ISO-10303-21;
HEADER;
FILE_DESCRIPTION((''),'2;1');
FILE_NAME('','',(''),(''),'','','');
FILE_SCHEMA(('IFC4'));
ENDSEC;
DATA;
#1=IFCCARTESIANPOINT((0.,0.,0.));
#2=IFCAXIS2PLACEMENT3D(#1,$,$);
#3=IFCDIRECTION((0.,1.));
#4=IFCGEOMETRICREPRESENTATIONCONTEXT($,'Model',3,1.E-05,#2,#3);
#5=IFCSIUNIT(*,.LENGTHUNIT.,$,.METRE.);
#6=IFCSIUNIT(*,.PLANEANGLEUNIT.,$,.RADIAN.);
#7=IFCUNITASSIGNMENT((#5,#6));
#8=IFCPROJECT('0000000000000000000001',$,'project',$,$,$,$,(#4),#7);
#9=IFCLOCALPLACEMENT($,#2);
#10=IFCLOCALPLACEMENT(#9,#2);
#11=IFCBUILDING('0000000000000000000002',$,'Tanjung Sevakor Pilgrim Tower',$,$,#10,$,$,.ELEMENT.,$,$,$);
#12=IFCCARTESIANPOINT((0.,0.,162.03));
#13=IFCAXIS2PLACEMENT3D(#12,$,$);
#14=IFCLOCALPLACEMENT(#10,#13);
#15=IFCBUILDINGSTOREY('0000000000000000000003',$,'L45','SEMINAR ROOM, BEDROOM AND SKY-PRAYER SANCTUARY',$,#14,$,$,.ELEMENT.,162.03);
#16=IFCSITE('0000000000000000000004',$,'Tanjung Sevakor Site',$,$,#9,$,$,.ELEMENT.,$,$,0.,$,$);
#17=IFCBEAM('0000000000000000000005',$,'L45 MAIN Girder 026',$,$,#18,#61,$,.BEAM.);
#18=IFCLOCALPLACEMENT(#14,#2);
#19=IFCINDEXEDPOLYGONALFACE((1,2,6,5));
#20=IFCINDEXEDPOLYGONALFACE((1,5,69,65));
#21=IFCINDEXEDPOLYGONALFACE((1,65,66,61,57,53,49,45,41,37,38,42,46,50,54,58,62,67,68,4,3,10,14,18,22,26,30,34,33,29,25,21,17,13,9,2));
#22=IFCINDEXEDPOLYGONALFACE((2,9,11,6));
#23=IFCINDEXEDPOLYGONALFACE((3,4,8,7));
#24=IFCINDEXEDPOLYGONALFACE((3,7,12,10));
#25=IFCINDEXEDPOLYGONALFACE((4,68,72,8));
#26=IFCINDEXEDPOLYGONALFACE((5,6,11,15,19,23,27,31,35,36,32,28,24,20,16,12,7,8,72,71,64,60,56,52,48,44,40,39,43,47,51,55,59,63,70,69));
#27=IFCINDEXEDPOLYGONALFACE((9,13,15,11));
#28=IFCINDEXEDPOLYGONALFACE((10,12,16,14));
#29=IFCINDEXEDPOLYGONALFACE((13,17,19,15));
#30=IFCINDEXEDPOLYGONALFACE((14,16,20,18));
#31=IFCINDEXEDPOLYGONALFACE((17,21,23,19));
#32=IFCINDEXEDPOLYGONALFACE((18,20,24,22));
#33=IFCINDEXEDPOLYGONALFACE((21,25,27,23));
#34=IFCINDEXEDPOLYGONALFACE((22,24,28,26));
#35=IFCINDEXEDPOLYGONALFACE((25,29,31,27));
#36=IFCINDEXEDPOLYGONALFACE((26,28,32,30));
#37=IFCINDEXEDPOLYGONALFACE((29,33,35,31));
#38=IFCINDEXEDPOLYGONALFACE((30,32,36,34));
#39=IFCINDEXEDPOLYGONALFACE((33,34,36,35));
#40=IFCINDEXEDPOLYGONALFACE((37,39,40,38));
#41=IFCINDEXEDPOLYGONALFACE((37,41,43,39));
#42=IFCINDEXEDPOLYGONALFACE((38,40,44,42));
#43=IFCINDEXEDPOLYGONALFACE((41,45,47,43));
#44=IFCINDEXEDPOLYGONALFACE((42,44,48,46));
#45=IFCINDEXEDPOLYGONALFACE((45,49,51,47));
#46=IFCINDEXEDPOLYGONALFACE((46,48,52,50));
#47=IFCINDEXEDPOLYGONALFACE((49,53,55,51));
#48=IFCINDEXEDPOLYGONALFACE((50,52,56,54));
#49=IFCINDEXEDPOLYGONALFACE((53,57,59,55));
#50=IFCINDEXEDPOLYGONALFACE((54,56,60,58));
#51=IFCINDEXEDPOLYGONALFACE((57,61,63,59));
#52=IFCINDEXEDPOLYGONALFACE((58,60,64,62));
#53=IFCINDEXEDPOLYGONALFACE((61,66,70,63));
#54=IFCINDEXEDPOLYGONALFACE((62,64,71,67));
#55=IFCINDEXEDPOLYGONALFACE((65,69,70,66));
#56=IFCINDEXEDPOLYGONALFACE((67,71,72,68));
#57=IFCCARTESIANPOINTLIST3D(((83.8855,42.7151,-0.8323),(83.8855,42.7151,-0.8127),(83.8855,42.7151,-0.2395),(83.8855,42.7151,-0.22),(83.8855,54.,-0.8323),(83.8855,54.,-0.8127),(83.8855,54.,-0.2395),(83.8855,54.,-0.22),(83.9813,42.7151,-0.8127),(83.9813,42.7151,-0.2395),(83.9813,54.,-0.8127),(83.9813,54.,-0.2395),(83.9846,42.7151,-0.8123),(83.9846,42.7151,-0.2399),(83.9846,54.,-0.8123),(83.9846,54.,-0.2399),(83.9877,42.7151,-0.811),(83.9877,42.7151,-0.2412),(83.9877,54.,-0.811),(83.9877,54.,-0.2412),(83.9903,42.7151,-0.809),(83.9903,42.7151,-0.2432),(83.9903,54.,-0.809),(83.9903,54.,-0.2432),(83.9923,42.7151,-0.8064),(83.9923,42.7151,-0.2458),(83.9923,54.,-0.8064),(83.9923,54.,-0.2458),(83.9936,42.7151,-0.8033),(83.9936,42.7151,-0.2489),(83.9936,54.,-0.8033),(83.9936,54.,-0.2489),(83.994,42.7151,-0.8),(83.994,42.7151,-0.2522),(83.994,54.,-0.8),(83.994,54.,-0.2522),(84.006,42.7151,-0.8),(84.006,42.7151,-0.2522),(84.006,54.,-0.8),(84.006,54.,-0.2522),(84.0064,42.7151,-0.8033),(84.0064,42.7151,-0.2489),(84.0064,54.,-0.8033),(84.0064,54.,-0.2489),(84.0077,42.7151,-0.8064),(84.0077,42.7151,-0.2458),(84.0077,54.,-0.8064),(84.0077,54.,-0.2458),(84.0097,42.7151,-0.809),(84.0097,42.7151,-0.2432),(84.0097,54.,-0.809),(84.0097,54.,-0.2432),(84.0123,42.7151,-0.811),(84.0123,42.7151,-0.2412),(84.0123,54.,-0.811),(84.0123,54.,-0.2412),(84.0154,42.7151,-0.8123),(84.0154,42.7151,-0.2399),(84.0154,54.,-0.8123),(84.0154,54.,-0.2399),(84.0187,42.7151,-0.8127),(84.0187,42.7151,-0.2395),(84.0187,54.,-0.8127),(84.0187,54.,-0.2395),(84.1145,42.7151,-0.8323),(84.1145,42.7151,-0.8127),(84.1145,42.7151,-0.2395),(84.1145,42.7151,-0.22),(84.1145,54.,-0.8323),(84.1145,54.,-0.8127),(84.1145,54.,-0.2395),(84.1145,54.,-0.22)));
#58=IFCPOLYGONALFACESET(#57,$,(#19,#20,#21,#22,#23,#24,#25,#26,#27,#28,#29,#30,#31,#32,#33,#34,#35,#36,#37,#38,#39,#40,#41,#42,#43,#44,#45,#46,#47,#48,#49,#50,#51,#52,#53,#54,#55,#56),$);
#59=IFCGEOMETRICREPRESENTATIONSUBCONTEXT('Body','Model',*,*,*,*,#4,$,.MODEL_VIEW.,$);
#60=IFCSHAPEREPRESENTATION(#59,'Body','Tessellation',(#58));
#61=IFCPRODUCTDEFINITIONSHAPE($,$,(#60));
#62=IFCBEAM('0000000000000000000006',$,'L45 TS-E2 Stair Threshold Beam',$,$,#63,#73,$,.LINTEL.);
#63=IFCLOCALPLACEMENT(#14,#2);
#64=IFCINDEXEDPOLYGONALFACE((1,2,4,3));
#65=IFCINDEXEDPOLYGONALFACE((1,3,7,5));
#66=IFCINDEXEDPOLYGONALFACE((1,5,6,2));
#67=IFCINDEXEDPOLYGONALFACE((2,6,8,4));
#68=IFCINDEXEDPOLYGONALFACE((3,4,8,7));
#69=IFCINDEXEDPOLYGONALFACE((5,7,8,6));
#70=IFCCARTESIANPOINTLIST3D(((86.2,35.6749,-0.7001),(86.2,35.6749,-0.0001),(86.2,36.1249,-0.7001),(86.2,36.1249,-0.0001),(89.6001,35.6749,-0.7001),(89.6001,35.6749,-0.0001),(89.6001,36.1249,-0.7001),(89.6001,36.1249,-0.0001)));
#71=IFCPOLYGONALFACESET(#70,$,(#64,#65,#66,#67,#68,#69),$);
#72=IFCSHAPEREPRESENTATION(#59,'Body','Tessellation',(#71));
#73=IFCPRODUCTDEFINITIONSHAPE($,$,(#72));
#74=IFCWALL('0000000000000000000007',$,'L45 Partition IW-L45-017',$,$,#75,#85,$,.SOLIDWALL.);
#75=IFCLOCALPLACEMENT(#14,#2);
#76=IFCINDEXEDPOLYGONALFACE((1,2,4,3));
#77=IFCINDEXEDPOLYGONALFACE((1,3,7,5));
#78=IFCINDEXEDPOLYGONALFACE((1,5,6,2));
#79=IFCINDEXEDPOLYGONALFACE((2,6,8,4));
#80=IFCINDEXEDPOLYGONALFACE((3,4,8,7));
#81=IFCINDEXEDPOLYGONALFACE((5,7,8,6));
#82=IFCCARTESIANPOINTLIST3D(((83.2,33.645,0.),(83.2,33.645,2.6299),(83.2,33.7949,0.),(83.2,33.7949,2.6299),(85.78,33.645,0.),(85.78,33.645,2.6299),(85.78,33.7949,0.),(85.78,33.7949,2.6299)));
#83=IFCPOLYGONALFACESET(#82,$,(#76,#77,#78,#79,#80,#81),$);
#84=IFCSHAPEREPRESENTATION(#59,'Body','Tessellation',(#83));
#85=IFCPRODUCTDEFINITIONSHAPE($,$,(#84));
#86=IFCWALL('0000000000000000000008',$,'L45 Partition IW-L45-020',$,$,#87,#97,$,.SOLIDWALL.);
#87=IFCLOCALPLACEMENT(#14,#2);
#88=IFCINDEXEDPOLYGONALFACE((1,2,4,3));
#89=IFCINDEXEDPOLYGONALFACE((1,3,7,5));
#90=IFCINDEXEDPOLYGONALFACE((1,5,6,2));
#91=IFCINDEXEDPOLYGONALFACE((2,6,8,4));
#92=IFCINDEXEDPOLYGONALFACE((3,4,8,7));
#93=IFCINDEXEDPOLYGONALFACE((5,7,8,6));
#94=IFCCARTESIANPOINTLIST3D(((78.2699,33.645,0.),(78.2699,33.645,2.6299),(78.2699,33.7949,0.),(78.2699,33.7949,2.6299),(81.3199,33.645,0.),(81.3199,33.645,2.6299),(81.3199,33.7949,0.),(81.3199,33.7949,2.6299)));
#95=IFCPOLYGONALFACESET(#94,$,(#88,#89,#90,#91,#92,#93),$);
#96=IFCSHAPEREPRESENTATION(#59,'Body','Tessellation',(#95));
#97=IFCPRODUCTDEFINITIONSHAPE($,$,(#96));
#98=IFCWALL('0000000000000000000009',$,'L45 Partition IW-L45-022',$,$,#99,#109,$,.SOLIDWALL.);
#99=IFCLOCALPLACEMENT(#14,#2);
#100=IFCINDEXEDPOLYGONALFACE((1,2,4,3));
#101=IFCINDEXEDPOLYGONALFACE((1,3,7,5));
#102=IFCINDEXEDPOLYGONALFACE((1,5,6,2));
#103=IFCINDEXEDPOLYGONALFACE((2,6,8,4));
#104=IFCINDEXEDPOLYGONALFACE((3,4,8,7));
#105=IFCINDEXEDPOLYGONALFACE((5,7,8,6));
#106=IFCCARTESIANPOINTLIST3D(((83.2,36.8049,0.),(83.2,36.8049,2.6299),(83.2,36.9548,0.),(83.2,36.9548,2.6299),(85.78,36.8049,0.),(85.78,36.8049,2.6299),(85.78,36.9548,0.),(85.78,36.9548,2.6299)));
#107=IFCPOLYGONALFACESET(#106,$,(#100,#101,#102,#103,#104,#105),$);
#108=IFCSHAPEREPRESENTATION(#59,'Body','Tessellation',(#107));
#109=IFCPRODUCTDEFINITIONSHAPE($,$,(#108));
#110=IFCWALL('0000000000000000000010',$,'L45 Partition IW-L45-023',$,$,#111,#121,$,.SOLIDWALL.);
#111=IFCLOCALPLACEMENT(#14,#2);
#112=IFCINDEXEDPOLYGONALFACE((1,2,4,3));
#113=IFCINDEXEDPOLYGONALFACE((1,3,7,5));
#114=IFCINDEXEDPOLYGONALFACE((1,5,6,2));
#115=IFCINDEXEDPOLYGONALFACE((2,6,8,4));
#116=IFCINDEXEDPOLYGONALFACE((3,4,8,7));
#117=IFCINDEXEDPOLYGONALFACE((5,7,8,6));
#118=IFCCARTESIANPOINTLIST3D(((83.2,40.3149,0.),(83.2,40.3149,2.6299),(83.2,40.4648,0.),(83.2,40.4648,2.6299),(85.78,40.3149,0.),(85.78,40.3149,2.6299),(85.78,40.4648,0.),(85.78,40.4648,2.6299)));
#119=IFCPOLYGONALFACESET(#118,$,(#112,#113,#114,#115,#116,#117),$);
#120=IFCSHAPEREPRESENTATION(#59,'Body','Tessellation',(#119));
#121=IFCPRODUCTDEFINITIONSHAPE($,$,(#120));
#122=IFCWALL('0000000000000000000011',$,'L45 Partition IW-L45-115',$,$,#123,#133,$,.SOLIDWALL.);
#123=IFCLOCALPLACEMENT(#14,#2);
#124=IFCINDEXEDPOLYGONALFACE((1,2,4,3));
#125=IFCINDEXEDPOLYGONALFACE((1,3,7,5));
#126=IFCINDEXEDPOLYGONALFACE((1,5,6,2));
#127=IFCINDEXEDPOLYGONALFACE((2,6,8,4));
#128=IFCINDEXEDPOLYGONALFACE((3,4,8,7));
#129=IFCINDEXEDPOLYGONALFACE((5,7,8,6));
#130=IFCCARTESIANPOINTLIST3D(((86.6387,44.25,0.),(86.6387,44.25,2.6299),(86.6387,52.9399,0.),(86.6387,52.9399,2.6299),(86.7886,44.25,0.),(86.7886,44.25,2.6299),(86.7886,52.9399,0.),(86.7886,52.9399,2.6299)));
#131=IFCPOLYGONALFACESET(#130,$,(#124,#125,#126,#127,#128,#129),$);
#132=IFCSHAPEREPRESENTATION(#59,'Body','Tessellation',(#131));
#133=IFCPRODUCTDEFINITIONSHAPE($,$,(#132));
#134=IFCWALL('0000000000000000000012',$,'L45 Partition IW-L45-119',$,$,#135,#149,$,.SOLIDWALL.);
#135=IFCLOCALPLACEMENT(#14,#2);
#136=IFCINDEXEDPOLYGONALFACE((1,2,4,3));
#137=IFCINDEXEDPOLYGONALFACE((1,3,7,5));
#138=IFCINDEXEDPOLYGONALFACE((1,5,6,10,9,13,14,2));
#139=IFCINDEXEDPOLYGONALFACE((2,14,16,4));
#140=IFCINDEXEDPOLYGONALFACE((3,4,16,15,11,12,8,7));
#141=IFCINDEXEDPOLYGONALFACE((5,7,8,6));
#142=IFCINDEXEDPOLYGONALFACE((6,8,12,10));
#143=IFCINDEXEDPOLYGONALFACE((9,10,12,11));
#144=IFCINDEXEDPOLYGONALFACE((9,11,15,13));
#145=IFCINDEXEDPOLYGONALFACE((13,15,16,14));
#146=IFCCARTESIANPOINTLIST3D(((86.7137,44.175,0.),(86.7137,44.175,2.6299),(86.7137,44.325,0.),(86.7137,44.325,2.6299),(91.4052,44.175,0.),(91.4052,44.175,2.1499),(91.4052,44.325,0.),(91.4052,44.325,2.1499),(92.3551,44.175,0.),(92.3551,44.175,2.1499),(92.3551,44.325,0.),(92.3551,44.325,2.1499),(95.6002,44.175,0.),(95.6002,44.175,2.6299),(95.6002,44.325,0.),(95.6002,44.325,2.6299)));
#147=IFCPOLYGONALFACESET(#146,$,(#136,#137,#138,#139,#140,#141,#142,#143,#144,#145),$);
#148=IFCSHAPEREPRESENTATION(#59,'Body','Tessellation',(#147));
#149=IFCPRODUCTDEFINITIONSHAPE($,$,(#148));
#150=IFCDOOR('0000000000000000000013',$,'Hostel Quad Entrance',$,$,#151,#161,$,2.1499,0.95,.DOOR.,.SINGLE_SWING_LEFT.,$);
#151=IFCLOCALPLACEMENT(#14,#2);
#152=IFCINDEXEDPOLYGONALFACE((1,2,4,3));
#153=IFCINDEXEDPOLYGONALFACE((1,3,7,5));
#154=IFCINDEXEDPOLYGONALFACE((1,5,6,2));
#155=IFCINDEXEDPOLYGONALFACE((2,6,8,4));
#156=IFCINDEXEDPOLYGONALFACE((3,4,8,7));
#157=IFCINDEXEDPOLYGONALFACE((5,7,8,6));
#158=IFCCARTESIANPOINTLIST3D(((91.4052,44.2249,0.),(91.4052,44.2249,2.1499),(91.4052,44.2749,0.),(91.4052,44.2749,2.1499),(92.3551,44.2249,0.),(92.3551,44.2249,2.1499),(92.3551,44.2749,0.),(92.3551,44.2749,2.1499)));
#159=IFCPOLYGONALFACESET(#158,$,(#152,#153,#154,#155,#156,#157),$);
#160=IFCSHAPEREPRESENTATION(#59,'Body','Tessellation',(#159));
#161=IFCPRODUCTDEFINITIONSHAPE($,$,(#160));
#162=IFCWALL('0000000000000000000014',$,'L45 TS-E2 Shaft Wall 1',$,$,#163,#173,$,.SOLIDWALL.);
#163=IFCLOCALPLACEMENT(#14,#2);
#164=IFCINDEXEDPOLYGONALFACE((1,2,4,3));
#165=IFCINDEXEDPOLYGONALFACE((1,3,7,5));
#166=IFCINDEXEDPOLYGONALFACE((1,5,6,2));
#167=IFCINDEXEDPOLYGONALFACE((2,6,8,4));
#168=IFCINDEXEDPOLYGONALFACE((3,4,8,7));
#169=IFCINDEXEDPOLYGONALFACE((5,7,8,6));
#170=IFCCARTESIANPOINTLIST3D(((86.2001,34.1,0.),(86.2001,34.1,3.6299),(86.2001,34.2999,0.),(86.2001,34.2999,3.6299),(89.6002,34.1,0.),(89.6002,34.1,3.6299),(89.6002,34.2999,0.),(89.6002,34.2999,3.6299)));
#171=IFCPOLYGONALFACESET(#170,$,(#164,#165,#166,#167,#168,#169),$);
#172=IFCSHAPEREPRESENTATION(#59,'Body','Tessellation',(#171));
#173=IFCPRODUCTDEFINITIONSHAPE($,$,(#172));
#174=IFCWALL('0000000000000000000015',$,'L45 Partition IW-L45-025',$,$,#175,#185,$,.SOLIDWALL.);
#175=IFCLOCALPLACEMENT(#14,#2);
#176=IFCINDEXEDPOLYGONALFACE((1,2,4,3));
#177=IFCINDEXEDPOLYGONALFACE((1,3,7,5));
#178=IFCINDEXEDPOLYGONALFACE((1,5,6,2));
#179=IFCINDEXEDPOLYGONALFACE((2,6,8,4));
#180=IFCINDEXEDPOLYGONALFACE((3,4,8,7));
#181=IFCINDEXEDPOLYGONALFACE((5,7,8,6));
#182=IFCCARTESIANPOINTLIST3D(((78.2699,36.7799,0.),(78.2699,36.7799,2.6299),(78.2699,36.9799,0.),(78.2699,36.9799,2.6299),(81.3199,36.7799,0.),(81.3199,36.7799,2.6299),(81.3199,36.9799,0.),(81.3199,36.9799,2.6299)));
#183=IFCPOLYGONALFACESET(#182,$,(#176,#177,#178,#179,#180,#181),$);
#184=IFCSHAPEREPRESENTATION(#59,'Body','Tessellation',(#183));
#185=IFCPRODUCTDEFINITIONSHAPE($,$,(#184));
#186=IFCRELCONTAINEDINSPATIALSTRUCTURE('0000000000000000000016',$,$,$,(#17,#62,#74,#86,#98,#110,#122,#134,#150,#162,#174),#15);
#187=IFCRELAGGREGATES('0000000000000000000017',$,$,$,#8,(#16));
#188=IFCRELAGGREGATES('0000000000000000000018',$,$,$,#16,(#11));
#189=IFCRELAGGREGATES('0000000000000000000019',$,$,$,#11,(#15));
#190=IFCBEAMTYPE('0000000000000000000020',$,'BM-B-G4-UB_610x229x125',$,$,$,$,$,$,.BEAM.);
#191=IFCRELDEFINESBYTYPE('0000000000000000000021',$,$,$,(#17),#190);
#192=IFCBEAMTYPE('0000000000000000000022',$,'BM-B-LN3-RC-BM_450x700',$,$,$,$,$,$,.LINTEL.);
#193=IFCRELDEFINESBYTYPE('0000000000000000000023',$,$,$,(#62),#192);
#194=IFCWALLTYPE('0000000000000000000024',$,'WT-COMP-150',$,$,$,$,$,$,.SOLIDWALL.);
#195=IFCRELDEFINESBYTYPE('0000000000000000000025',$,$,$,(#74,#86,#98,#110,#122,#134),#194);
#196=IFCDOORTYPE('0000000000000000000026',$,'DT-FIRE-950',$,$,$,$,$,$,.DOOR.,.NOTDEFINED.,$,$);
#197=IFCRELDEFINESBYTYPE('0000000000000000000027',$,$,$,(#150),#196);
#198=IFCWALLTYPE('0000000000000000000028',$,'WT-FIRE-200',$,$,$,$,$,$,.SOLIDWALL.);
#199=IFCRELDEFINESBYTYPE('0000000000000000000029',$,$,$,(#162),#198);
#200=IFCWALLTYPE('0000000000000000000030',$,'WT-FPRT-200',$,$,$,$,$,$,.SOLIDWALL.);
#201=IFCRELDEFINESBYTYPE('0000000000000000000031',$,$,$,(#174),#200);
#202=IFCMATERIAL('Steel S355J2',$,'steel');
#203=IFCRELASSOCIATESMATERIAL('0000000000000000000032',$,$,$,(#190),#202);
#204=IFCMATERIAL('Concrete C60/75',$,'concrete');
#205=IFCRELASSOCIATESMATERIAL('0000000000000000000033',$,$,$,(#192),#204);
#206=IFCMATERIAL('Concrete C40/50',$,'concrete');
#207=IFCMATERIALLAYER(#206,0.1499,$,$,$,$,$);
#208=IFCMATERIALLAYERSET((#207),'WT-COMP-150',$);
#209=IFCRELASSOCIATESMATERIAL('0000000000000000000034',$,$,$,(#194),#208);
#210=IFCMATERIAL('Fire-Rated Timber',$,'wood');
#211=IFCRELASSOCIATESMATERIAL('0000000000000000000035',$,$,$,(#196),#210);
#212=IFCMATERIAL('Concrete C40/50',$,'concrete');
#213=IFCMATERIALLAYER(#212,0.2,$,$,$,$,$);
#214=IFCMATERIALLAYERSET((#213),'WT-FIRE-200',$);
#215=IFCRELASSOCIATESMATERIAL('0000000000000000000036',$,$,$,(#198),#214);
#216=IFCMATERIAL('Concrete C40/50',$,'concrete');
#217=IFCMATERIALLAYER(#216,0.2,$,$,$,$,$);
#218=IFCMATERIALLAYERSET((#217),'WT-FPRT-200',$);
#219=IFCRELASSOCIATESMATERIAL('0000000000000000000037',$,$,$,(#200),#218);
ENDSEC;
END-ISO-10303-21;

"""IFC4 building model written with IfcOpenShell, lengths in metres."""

from ifc_helpers import new_model, si_unit, direction, frame, frame_2d, origin, origin_2d, place, context, subcontext, project, spatial, rectangle, i_section, extrude, material, layer, layer_set, material_profile, profile_set, type_object, element, fill, save


model = new_model("IFC4")

# Units and contexts
model_context = context("Model", 3, precision=1e-05, world=origin(), true_north=direction((0.0, 1.0)))
body_context = subcontext(model_context, "Body", "Model", "MODEL_VIEW")
ifc_project = project(units=[si_unit("LENGTHUNIT", "METRE"), si_unit("PLANEANGLEUNIT", "RADIAN")], contexts=[model_context])

# Site, building, storey
site_placement = place(None, origin())
site = spatial("IfcSite", under=ifc_project, at=site_placement, Name="Tanjung Sevakor Site", CompositionType="ELEMENT", RefElevation=0.0)
building_placement = place(site_placement, origin())
building = spatial("IfcBuilding", under=site, at=building_placement, Name="Tanjung Sevakor Pilgrim Tower", CompositionType="ELEMENT")
storey_placement = place(building_placement, frame((0.0, 0.0, 162.03)))
storey = spatial("IfcBuildingStorey", under=building, at=storey_placement, Name="L45", Description="SEMINAR ROOM, BEDROOM AND SKY-PRAYER SANCTUARY", CompositionType="ELEMENT", Elevation=162.03)

# Beams
ifc_material_1 = material(Name="Steel S355J2", Category="steel")
ifc_material_profile_1 = material_profile(ifc_material_1, i_section(OverallWidth=0.229, OverallDepth=0.6123, WebThickness=0.012, FlangeThickness=0.0195, FilletRadius=0.0127, at=origin_2d()))
ifc_profile_set_1 = profile_set([ifc_material_profile_1], Name="Steel S355J2")
beam_type_1 = type_object("IfcBeamType", Name="BM-B-G4-UB_610x229x125", PredefinedType="BEAM", material=ifc_profile_set_1)
beam_1_placement = place(storey_placement, frame((84.0, 42.7151, -0.5261), z_axis=(0.0, 1.0, 0.0), x_axis=(-1.0, 0.0, 0.0)))
element("IfcBeam", 1, at=beam_1_placement, inside=storey, type_object=beam_type_1, Name="L45 MAIN Girder 026", PredefinedType="BEAM", context=body_context, shape_type="SweptSolid", body=[
    extrude(i_section(OverallWidth=0.229, OverallDepth=0.6123, WebThickness=0.012, FlangeThickness=0.0195, FilletRadius=0.0127, at=origin_2d()), origin(), (0.0, 0.0, 1.0), 11.2849),
])
ifc_material_2 = material(Name="Concrete C60/75", Category="concrete")
ifc_material_profile_2 = material_profile(ifc_material_2, rectangle(XDim=0.45, YDim=0.7, at=origin_2d()))
ifc_profile_set_2 = profile_set([ifc_material_profile_2], Name="Concrete C60/75")
beam_type_2 = type_object("IfcBeamType", Name="BM-B-LN3-RC-BM_450x700", PredefinedType="LINTEL", material=ifc_profile_set_2)
beam_2_placement = place(storey_placement, frame((86.2, 35.8999, -0.3501), z_axis=(1.0, 0.0, 0.0), x_axis=(0.0, 1.0, 0.0)))
element("IfcBeam", 2, at=beam_2_placement, inside=storey, type_object=beam_type_2, Name="L45 TS-E2 Stair Threshold Beam", PredefinedType="LINTEL", context=body_context, shape_type="SweptSolid", body=[
    extrude(rectangle(XDim=0.45, YDim=0.7, at=origin_2d()), origin(), (0.0, 0.0, 1.0), 3.4001),
])

# Walls
ifc_material_3 = material(Name="Concrete C40/50", Category="concrete")
ifc_layer_1 = layer(ifc_material_3, 0.1499)
ifc_layer_set_1 = layer_set([ifc_layer_1], Name="WT-COMP-150")
wall_type_1 = type_object("IfcWallType", Name="WT-COMP-150", PredefinedType="SOLIDWALL", material=ifc_layer_set_1)
wall_1_placement = place(storey_placement, frame((83.2, 33.72, 0.0), z_axis=(0.0, 0.0, 1.0), x_axis=(1.0, 0.0, 0.0)))
element("IfcWall", 3, at=wall_1_placement, inside=storey, type_object=wall_type_1, Name="L45 Partition IW-L45-017", PredefinedType="SOLIDWALL", context=body_context, shape_type="SweptSolid", body=[
    extrude(rectangle(XDim=2.5801, YDim=0.1499, at=frame_2d((1.29, 0.0))), origin(), (0.0, 0.0, 1.0), 2.6299),
])
wall_2_placement = place(storey_placement, frame((78.27, 33.72, 0.0), z_axis=(0.0, 0.0, 1.0), x_axis=(1.0, 0.0, 0.0)))
element("IfcWall", 4, at=wall_2_placement, inside=storey, type_object=wall_type_1, Name="L45 Partition IW-L45-020", PredefinedType="SOLIDWALL", context=body_context, shape_type="SweptSolid", body=[
    extrude(rectangle(XDim=3.05, YDim=0.1499, at=frame_2d((1.5249, 0.0))), origin(), (0.0, 0.0, 1.0), 2.6299),
])
for number, where, z_axis, x_axis, name in (
    (5, (83.2, 36.8799, 0.0), (0.0, 0.0, 1.0), (1.0, 0.0, 0.0), "L45 Partition IW-L45-022"),
    (6, (83.2, 40.3899, 0.0), (0.0, 0.0, 1.0), (1.0, 0.0, 0.0), "L45 Partition IW-L45-023"),
):
    element("IfcWall", number, at=place(storey_placement, frame(where, z_axis=z_axis, x_axis=x_axis)), inside=storey, type_object=wall_type_1, Name=name, PredefinedType="SOLIDWALL", context=body_context, shape_type="SweptSolid", body=[
        extrude(rectangle(XDim=2.5801, YDim=0.1499, at=frame_2d((1.29, 0.0))), origin(), (0.0, 0.0, 1.0), 2.6299),
    ])

# Shared definitions
ifc_material_4 = material(Name="Fire-Rated Timber", Category="wood")
door_type = type_object("IfcDoorType", Name="DT-FIRE-950", OperationType="NOTDEFINED", PredefinedType="DOOR", material=ifc_material_4)

# Wall
wall_3_placement = place(storey_placement, frame((86.7136, 44.25, 0.0), z_axis=(0.0, 0.0, 1.0), x_axis=(0.0, 1.0, 0.0)))
element("IfcWall", 7, at=wall_3_placement, inside=storey, type_object=wall_type_1, Name="L45 Partition IW-L45-115", PredefinedType="SOLIDWALL", context=body_context, shape_type="SweptSolid", body=[
    extrude(rectangle(XDim=8.6899, YDim=0.1499, at=frame_2d((4.345, 0.0))), origin(), (0.0, 0.0, 1.0), 2.6299),
])

# Wall, opening, door
wall_4_placement = place(storey_placement, frame((86.7136, 44.25, 0.0), z_axis=(0.0, 0.0, 1.0), x_axis=(1.0, 0.0, 0.0)))
wall_4 = element("IfcWall", 8, at=wall_4_placement, inside=storey, type_object=wall_type_1, Name="L45 Partition IW-L45-119", PredefinedType="SOLIDWALL", context=body_context, shape_type="SweptSolid", body=[
    extrude(rectangle(XDim=8.8865, YDim=0.1499, at=frame_2d((4.4434, 0.0))), origin(), (0.0, 0.0, 1.0), 2.6299),
])
opening_1_placement = place(wall_4_placement, frame((4.6914, 0.0, 0.0)))
opening_1 = element("IfcOpeningElement", 9, at=opening_1_placement, cuts=wall_4, PredefinedType="OPENING", context=body_context, shape_type="SweptSolid", body=[
    extrude(rectangle(XDim=0.95, YDim=2.1499, at=frame_2d((0.4751, 1.075))), frame((0.0, 0.085, 0.0), z_axis=(0.0, -1.0, 0.0), x_axis=(1.0, 0.0, 0.0)), (0.0, 0.0, 1.0), 0.1699),
])
door_1_placement = place(opening_1_placement, origin())
door_1 = element("IfcDoor", 10, at=door_1_placement, inside=storey, type_object=door_type, Name="Hostel Quad Entrance", OperationType="SINGLE_SWING_LEFT", OverallHeight=2.1499, OverallWidth=0.95, PredefinedType="DOOR", context=body_context, shape_type="SweptSolid", body=[
    extrude(rectangle(XDim=0.95, YDim=2.1499, at=frame_2d((0.4751, 1.075))), frame((0.0, 0.0249, 0.0), z_axis=(0.0, -1.0, 0.0), x_axis=(1.0, 0.0, 0.0)), (0.0, 0.0, 1.0), 0.05),
])
fill(opening_1, door_1)

# Walls
ifc_material_5 = material(Name="Concrete C40/50", Category="concrete")
ifc_layer_2 = layer(ifc_material_5, 0.2)
ifc_layer_set_2 = layer_set([ifc_layer_2], Name="WT-FIRE-200")
wall_type_2 = type_object("IfcWallType", Name="WT-FIRE-200", PredefinedType="SOLIDWALL", material=ifc_layer_set_2)
wall_5_placement = place(storey_placement, frame((86.2, 34.2, 0.0), z_axis=(0.0, 0.0, 1.0), x_axis=(1.0, 0.0, 0.0)))
element("IfcWall", 11, at=wall_5_placement, inside=storey, type_object=wall_type_2, Name="L45 TS-E2 Shaft Wall 1", PredefinedType="SOLIDWALL", context=body_context, shape_type="SweptSolid", body=[
    extrude(rectangle(XDim=3.4001, YDim=0.2, at=frame_2d((1.7002, 0.0))), origin(), (0.0, 0.0, 1.0), 3.6299),
])
ifc_material_6 = material(Name="Concrete C40/50", Category="concrete")
ifc_layer_3 = layer(ifc_material_6, 0.2)
ifc_layer_set_3 = layer_set([ifc_layer_3], Name="WT-FPRT-200")
wall_type_3 = type_object("IfcWallType", Name="WT-FPRT-200", PredefinedType="SOLIDWALL", material=ifc_layer_set_3)
wall_6_placement = place(storey_placement, frame((78.27, 36.8799, 0.0), z_axis=(0.0, 0.0, 1.0), x_axis=(1.0, 0.0, 0.0)))
element("IfcWall", 12, at=wall_6_placement, inside=storey, type_object=wall_type_3, Name="L45 Partition IW-L45-025", PredefinedType="SOLIDWALL", context=body_context, shape_type="SweptSolid", body=[
    extrude(rectangle(XDim=3.05, YDim=0.2, at=frame_2d((1.5249, 0.0))), origin(), (0.0, 0.0, 1.0), 2.6299),
])

save(model, "model.ifc")
